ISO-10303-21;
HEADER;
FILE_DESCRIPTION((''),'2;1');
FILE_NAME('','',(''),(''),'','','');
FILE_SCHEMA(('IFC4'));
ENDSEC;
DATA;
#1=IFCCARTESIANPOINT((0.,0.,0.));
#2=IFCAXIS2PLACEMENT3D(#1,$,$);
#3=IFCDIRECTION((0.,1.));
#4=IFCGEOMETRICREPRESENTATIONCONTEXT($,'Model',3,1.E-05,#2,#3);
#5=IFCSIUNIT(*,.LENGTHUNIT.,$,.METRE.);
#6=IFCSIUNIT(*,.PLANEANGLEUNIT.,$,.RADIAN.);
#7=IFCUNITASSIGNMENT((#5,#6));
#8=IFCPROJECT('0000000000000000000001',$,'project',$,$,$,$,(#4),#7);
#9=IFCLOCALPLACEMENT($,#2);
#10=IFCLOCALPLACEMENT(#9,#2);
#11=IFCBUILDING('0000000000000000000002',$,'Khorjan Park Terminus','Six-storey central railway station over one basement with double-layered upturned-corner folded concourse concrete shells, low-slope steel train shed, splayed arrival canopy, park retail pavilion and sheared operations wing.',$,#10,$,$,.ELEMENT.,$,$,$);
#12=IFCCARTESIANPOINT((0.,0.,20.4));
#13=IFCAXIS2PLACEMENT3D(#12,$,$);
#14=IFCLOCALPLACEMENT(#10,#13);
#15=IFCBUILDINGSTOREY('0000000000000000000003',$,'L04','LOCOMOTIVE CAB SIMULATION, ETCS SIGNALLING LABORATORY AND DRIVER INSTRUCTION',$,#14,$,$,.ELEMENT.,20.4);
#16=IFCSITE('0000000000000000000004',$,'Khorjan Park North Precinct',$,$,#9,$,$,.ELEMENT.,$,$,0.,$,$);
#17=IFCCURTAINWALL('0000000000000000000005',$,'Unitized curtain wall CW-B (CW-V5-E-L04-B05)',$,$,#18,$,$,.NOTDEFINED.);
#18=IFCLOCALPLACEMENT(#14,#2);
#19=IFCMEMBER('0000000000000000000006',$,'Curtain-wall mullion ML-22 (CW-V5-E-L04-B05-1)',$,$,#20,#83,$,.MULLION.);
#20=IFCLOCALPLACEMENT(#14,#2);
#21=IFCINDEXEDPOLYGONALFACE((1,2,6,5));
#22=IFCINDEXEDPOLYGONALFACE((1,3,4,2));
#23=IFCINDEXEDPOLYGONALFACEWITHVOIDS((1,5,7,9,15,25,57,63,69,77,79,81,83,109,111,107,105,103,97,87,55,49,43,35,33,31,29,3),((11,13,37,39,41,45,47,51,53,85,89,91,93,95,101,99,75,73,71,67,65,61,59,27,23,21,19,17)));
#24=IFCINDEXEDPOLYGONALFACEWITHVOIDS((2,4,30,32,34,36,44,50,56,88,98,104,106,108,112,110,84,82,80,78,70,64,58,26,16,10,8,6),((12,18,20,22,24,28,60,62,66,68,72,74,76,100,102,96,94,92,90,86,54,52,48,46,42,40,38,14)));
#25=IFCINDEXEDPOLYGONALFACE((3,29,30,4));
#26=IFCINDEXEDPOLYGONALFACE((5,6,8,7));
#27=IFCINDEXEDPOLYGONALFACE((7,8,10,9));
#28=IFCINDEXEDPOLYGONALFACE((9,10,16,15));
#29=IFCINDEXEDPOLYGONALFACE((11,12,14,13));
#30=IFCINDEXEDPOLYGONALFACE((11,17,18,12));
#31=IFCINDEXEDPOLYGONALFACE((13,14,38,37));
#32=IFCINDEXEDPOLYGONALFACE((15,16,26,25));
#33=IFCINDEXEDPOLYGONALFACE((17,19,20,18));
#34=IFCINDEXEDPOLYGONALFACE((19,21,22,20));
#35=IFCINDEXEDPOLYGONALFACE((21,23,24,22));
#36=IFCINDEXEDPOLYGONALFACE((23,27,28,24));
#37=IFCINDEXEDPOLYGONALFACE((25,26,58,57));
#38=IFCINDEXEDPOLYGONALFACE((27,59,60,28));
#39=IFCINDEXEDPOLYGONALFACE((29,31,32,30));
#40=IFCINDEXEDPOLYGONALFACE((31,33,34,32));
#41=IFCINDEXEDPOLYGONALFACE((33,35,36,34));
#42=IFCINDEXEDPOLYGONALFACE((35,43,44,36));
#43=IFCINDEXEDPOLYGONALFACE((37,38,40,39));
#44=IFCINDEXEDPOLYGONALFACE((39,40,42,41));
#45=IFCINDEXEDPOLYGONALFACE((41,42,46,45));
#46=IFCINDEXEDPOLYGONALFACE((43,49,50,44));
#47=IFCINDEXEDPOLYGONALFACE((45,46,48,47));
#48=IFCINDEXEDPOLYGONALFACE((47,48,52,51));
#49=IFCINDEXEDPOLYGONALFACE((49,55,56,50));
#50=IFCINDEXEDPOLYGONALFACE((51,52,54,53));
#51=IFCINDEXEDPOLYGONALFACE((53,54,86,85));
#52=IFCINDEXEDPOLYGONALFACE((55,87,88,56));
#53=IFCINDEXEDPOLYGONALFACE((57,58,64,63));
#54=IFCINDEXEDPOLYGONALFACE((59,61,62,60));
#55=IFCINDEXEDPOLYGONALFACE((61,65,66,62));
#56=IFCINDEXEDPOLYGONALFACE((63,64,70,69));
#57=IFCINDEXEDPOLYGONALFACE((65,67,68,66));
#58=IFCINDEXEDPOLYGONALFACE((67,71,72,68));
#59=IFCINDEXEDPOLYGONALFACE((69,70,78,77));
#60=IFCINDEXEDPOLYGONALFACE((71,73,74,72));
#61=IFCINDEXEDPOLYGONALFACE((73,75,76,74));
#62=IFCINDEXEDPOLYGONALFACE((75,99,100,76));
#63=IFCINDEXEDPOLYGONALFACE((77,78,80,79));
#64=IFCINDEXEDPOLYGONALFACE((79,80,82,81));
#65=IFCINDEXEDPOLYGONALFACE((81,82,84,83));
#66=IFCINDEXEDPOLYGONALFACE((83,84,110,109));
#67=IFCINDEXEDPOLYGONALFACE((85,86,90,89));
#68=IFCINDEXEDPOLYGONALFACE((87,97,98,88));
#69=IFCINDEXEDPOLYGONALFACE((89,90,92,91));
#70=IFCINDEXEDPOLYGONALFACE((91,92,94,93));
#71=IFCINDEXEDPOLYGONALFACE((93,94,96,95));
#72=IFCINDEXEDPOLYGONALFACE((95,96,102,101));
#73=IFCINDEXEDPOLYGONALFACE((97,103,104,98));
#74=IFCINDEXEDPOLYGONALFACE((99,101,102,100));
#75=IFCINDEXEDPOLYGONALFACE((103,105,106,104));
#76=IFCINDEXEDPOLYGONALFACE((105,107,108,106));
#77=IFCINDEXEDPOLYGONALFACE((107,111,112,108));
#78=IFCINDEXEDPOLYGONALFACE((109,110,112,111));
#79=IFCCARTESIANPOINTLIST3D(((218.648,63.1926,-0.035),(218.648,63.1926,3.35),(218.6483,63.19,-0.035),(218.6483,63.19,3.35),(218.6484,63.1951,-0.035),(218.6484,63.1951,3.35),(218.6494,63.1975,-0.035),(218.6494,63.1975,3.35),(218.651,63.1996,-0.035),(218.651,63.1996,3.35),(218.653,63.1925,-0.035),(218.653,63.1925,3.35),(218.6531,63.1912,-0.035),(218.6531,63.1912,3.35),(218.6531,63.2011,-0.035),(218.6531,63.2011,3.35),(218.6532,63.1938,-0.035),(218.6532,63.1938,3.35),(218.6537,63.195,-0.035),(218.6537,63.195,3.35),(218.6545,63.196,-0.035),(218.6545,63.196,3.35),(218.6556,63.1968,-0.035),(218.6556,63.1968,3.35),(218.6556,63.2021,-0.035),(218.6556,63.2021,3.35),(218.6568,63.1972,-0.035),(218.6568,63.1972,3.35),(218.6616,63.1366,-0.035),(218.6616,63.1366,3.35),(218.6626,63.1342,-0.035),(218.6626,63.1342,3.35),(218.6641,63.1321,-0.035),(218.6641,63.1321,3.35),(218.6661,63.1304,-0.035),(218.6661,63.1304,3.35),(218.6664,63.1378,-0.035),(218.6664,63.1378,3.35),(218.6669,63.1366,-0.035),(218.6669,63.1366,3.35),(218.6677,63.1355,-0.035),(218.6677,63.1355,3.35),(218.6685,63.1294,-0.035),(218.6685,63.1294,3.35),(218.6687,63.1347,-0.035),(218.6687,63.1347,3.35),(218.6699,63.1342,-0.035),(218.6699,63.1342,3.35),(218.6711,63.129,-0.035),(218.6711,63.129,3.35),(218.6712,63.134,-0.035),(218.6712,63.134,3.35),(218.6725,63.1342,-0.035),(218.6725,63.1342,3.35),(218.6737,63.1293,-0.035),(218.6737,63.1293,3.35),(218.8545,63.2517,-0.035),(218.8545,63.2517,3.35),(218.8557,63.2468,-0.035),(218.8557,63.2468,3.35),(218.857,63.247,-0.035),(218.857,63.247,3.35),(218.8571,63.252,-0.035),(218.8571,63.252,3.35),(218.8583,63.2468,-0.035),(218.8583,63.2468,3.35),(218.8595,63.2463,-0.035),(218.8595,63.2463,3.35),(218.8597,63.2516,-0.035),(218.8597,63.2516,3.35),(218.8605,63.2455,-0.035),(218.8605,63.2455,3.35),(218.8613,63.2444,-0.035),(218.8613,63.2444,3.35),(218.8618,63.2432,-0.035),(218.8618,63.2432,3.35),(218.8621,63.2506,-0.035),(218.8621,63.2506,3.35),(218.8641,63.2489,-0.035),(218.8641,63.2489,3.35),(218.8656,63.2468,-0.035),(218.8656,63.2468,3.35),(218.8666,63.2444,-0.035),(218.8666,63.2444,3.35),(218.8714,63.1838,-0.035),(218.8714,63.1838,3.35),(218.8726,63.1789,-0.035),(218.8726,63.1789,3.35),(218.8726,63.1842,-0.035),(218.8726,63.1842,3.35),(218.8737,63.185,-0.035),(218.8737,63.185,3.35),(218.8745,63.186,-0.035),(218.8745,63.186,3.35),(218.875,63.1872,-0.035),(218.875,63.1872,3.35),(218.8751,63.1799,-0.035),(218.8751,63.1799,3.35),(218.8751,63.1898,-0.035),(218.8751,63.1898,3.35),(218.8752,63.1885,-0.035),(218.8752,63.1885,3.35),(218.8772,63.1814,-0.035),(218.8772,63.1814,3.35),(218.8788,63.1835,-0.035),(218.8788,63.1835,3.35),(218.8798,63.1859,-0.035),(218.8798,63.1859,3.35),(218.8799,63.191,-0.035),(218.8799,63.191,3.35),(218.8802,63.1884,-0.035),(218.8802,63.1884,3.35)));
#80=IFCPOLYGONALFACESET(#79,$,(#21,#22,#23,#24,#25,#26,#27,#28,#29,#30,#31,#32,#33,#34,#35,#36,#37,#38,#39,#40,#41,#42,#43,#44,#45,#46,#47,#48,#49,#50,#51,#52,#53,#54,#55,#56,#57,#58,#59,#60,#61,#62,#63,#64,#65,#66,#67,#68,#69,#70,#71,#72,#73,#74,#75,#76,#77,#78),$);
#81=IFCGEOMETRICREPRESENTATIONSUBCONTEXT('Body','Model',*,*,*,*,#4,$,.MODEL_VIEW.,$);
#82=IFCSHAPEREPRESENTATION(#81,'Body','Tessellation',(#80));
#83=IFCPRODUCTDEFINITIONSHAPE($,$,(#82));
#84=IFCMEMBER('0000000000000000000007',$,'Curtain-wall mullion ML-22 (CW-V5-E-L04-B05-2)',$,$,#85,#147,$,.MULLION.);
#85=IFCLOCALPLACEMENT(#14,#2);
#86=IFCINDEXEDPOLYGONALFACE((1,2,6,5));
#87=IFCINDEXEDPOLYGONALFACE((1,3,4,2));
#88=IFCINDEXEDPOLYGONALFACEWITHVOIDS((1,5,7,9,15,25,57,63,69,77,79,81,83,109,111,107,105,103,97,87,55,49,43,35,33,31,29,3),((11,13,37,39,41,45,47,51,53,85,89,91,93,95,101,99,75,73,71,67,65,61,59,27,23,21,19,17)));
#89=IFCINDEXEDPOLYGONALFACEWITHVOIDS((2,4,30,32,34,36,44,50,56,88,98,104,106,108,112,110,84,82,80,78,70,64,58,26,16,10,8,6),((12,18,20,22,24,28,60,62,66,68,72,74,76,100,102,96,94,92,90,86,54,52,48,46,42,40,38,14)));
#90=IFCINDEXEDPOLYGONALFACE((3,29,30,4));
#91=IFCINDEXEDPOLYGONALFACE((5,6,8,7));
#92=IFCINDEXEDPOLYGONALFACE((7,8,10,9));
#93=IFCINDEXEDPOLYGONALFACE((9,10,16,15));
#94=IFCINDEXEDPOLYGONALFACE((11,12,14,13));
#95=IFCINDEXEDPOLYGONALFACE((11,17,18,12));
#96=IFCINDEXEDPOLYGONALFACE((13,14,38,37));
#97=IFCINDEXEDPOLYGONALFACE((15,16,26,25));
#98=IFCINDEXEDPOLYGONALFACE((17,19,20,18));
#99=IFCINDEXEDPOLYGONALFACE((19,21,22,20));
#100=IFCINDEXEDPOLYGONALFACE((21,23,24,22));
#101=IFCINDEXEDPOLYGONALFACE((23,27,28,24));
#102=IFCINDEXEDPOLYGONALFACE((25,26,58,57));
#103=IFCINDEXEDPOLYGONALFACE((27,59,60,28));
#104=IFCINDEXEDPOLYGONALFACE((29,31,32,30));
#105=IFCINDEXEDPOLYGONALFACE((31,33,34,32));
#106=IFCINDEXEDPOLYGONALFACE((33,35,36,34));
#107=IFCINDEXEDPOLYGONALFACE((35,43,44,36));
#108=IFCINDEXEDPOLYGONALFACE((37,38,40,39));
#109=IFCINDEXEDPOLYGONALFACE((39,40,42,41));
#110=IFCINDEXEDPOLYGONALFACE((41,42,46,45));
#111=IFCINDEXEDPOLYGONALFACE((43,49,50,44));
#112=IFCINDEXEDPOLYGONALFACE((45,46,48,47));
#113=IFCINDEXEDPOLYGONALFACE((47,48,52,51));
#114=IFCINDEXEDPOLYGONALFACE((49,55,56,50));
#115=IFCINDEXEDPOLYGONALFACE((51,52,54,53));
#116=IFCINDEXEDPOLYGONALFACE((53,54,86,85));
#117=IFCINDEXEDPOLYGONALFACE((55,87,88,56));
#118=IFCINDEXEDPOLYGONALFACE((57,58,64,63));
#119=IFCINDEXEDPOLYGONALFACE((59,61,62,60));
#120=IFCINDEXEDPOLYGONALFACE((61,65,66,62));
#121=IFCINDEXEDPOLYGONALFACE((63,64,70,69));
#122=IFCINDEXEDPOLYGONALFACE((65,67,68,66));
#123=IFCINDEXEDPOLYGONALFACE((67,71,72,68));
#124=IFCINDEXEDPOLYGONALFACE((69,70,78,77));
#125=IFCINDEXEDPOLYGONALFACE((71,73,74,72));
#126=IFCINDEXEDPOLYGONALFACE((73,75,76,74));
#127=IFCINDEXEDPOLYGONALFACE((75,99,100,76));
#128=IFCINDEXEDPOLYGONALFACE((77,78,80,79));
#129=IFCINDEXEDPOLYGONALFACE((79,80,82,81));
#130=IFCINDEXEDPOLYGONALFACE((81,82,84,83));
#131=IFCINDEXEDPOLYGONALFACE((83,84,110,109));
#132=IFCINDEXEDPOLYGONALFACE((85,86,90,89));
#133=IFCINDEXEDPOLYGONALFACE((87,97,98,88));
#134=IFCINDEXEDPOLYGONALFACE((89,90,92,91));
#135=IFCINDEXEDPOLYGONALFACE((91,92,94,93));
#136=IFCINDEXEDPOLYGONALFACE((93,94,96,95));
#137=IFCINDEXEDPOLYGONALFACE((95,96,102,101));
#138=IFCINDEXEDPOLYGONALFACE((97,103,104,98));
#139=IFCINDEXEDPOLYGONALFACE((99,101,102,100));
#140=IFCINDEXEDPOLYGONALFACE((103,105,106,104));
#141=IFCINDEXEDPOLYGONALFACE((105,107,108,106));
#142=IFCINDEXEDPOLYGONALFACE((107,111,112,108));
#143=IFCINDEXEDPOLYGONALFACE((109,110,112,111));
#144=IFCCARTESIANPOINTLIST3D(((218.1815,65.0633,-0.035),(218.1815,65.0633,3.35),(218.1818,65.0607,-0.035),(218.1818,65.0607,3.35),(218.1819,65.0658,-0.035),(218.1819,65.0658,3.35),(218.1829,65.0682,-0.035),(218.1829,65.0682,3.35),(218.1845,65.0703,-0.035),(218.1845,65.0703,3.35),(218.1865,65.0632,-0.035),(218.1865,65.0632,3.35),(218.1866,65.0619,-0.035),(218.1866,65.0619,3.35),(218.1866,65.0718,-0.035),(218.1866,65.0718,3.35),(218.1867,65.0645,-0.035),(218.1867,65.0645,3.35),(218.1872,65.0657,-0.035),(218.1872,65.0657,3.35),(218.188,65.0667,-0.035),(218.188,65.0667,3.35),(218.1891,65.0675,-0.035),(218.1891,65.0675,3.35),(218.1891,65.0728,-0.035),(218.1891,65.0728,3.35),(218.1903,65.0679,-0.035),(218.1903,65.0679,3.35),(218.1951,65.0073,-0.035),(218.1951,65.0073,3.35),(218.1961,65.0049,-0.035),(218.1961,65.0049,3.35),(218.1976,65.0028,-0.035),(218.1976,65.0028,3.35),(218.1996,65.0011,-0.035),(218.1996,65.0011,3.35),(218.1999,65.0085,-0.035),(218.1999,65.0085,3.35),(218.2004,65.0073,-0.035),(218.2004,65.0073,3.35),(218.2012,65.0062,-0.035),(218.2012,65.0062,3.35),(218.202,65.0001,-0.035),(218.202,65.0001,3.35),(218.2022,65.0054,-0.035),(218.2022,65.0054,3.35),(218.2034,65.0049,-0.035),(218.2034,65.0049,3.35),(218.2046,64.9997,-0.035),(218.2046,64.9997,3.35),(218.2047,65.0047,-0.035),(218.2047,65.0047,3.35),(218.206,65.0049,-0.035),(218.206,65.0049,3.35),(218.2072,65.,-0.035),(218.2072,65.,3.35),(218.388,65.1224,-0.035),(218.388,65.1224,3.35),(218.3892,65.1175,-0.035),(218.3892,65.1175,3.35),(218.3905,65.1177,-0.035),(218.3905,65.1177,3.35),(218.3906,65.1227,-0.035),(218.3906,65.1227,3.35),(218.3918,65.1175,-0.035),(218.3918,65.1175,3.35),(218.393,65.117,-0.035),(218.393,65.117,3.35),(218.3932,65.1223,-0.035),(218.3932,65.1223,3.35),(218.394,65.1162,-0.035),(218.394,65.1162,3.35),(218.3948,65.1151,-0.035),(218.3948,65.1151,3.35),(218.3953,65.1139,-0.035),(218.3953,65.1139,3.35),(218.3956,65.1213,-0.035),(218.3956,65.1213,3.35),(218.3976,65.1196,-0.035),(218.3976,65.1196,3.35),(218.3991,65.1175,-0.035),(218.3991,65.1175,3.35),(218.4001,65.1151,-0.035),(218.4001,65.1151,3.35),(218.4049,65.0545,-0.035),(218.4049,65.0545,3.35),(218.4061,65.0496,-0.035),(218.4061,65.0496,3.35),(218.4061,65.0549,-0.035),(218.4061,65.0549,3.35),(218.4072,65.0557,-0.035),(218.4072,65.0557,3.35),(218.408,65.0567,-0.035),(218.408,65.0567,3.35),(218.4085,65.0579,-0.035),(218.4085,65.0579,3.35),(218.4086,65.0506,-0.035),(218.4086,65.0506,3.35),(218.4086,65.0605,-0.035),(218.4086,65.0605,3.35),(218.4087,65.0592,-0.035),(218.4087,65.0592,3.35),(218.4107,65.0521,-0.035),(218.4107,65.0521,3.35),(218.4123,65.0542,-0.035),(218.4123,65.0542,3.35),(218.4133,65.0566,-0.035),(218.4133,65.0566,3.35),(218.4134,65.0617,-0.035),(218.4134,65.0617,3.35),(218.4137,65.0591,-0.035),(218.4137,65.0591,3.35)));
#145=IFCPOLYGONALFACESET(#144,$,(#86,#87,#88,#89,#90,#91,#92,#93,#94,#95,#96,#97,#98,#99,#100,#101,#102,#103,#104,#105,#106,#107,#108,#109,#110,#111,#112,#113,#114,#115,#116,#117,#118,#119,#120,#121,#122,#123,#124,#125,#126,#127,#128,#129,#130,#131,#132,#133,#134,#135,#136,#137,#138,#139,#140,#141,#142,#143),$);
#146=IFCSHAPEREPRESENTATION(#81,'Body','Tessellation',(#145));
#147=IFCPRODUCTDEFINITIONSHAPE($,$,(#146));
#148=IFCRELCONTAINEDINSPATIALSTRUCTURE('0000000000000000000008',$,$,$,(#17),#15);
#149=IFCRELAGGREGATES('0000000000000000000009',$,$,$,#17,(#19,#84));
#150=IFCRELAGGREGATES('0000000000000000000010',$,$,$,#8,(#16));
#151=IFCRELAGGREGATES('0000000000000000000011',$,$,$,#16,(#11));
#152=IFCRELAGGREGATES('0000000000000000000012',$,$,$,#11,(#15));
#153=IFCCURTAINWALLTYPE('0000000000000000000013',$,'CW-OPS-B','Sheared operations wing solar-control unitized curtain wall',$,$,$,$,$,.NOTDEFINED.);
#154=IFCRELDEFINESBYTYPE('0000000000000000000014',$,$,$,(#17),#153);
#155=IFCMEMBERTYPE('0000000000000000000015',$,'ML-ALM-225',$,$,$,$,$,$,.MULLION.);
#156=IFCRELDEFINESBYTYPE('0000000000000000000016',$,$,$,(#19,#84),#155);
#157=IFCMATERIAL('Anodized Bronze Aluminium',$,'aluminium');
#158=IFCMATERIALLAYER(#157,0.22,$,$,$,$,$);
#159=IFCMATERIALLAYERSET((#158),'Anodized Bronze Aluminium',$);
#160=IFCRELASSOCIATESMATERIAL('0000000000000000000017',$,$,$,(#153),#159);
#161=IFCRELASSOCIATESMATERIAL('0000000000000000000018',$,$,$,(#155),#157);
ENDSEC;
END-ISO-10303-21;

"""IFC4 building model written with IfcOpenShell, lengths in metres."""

from ifc_helpers import new_model, si_unit, direction, frame, origin, origin_2d, place, context, subcontext, project, spatial, hollow_rectangle, extrude, material, layer, layer_set, material_profile, profile_set, type_object, element, aggregate, save


model = new_model("IFC4")

# Units and contexts
model_context = context("Model", 3, precision=1e-05, world=origin(), true_north=direction((0.0, 1.0)))
body_context = subcontext(model_context, "Body", "Model", "MODEL_VIEW")
ifc_project = project(units=[si_unit("LENGTHUNIT", "METRE"), si_unit("PLANEANGLEUNIT", "RADIAN")], contexts=[model_context])

# Site, building, storey
site_placement = place(None, origin())
site = spatial("IfcSite", under=ifc_project, at=site_placement, Name="Khorjan Park North Precinct", CompositionType="ELEMENT", RefElevation=0.0)
building_placement = place(site_placement, origin())
building = spatial("IfcBuilding", under=site, at=building_placement, Name="Khorjan Park Terminus", Description="Six-storey central railway station over one basement with double-layered upturned-corner folded concourse concrete shells, low-slope steel train shed, splayed arrival canopy, park retail pavilion and sheared operations wing.", CompositionType="ELEMENT")
storey_placement = place(building_placement, frame((0.0, 0.0, 20.4)))
storey = spatial("IfcBuildingStorey", under=building, at=storey_placement, Name="L04", Description="LOCOMOTIVE CAB SIMULATION, ETCS SIGNALLING LABORATORY AND DRIVER INSTRUCTION", CompositionType="ELEMENT", Elevation=20.4)

# Curtain wall, members
ifc_material_1 = material(Name="Anodized Bronze Aluminium", Category="aluminium")
ifc_layer_1 = layer(ifc_material_1, 0.22)
ifc_layer_set_1 = layer_set([ifc_layer_1], Name="Anodized Bronze Aluminium")
curtain_wall_type = type_object("IfcCurtainWallType", Name="CW-OPS-B", Description="Sheared operations wing solar-control unitized curtain wall", PredefinedType="NOTDEFINED", material=ifc_layer_set_1)
curtain_wall_placement = place(storey_placement, origin())
curtain_wall = element("IfcCurtainWall", 1, at=curtain_wall_placement, inside=storey, type_object=curtain_wall_type, Name="Unitized curtain wall CW-B (CW-V5-E-L04-B05)", PredefinedType="NOTDEFINED")
ifc_material_profile_1 = material_profile(ifc_material_1, hollow_rectangle(XDim=0.075, YDim=0.225, WallThickness=0.005, InnerFilletRadius=0.005, OuterFilletRadius=0.01, at=origin_2d()), Name="ALM 75x225x5")
ifc_profile_set_1 = profile_set([ifc_material_profile_1], Name="Anodized Bronze Aluminium")
member_type_1 = type_object("IfcMemberType", Name="ML-ALM-225", PredefinedType="MULLION", material=ifc_profile_set_1)
member_1_placement = place(storey_placement, frame((218.7641, 63.1905, -0.035), z_axis=(0.0, 0.0, 1.0), x_axis=(-0.241935, 0.970292, 0.0)))
member_1 = element("IfcMember", 2, at=member_1_placement, type_object=member_type_1, Name="Curtain-wall mullion ML-22 (CW-V5-E-L04-B05-1)", PredefinedType="MULLION", context=body_context, shape_type="SweptSolid", body=[
    extrude(hollow_rectangle(XDim=0.075, YDim=0.225, WallThickness=0.005, InnerFilletRadius=0.005, OuterFilletRadius=0.01, at=origin_2d()), origin(), (0.0, 0.0, 1.0), 3.385),
])
member_2_placement = place(storey_placement, frame((218.2976, 65.0612, -0.035), z_axis=(0.0, 0.0, 1.0), x_axis=(-0.241935, 0.970292, 0.0)))
member_2 = element("IfcMember", 3, at=member_2_placement, type_object=member_type_1, Name="Curtain-wall mullion ML-22 (CW-V5-E-L04-B05-2)", PredefinedType="MULLION", context=body_context, shape_type="SweptSolid", body=[
    extrude(hollow_rectangle(XDim=0.075, YDim=0.225, WallThickness=0.005, InnerFilletRadius=0.005, OuterFilletRadius=0.01, at=origin_2d()), origin(), (0.0, 0.0, 1.0), 3.385),
])
aggregate(curtain_wall, [member_1, member_2])

save(model, "model.ifc")
